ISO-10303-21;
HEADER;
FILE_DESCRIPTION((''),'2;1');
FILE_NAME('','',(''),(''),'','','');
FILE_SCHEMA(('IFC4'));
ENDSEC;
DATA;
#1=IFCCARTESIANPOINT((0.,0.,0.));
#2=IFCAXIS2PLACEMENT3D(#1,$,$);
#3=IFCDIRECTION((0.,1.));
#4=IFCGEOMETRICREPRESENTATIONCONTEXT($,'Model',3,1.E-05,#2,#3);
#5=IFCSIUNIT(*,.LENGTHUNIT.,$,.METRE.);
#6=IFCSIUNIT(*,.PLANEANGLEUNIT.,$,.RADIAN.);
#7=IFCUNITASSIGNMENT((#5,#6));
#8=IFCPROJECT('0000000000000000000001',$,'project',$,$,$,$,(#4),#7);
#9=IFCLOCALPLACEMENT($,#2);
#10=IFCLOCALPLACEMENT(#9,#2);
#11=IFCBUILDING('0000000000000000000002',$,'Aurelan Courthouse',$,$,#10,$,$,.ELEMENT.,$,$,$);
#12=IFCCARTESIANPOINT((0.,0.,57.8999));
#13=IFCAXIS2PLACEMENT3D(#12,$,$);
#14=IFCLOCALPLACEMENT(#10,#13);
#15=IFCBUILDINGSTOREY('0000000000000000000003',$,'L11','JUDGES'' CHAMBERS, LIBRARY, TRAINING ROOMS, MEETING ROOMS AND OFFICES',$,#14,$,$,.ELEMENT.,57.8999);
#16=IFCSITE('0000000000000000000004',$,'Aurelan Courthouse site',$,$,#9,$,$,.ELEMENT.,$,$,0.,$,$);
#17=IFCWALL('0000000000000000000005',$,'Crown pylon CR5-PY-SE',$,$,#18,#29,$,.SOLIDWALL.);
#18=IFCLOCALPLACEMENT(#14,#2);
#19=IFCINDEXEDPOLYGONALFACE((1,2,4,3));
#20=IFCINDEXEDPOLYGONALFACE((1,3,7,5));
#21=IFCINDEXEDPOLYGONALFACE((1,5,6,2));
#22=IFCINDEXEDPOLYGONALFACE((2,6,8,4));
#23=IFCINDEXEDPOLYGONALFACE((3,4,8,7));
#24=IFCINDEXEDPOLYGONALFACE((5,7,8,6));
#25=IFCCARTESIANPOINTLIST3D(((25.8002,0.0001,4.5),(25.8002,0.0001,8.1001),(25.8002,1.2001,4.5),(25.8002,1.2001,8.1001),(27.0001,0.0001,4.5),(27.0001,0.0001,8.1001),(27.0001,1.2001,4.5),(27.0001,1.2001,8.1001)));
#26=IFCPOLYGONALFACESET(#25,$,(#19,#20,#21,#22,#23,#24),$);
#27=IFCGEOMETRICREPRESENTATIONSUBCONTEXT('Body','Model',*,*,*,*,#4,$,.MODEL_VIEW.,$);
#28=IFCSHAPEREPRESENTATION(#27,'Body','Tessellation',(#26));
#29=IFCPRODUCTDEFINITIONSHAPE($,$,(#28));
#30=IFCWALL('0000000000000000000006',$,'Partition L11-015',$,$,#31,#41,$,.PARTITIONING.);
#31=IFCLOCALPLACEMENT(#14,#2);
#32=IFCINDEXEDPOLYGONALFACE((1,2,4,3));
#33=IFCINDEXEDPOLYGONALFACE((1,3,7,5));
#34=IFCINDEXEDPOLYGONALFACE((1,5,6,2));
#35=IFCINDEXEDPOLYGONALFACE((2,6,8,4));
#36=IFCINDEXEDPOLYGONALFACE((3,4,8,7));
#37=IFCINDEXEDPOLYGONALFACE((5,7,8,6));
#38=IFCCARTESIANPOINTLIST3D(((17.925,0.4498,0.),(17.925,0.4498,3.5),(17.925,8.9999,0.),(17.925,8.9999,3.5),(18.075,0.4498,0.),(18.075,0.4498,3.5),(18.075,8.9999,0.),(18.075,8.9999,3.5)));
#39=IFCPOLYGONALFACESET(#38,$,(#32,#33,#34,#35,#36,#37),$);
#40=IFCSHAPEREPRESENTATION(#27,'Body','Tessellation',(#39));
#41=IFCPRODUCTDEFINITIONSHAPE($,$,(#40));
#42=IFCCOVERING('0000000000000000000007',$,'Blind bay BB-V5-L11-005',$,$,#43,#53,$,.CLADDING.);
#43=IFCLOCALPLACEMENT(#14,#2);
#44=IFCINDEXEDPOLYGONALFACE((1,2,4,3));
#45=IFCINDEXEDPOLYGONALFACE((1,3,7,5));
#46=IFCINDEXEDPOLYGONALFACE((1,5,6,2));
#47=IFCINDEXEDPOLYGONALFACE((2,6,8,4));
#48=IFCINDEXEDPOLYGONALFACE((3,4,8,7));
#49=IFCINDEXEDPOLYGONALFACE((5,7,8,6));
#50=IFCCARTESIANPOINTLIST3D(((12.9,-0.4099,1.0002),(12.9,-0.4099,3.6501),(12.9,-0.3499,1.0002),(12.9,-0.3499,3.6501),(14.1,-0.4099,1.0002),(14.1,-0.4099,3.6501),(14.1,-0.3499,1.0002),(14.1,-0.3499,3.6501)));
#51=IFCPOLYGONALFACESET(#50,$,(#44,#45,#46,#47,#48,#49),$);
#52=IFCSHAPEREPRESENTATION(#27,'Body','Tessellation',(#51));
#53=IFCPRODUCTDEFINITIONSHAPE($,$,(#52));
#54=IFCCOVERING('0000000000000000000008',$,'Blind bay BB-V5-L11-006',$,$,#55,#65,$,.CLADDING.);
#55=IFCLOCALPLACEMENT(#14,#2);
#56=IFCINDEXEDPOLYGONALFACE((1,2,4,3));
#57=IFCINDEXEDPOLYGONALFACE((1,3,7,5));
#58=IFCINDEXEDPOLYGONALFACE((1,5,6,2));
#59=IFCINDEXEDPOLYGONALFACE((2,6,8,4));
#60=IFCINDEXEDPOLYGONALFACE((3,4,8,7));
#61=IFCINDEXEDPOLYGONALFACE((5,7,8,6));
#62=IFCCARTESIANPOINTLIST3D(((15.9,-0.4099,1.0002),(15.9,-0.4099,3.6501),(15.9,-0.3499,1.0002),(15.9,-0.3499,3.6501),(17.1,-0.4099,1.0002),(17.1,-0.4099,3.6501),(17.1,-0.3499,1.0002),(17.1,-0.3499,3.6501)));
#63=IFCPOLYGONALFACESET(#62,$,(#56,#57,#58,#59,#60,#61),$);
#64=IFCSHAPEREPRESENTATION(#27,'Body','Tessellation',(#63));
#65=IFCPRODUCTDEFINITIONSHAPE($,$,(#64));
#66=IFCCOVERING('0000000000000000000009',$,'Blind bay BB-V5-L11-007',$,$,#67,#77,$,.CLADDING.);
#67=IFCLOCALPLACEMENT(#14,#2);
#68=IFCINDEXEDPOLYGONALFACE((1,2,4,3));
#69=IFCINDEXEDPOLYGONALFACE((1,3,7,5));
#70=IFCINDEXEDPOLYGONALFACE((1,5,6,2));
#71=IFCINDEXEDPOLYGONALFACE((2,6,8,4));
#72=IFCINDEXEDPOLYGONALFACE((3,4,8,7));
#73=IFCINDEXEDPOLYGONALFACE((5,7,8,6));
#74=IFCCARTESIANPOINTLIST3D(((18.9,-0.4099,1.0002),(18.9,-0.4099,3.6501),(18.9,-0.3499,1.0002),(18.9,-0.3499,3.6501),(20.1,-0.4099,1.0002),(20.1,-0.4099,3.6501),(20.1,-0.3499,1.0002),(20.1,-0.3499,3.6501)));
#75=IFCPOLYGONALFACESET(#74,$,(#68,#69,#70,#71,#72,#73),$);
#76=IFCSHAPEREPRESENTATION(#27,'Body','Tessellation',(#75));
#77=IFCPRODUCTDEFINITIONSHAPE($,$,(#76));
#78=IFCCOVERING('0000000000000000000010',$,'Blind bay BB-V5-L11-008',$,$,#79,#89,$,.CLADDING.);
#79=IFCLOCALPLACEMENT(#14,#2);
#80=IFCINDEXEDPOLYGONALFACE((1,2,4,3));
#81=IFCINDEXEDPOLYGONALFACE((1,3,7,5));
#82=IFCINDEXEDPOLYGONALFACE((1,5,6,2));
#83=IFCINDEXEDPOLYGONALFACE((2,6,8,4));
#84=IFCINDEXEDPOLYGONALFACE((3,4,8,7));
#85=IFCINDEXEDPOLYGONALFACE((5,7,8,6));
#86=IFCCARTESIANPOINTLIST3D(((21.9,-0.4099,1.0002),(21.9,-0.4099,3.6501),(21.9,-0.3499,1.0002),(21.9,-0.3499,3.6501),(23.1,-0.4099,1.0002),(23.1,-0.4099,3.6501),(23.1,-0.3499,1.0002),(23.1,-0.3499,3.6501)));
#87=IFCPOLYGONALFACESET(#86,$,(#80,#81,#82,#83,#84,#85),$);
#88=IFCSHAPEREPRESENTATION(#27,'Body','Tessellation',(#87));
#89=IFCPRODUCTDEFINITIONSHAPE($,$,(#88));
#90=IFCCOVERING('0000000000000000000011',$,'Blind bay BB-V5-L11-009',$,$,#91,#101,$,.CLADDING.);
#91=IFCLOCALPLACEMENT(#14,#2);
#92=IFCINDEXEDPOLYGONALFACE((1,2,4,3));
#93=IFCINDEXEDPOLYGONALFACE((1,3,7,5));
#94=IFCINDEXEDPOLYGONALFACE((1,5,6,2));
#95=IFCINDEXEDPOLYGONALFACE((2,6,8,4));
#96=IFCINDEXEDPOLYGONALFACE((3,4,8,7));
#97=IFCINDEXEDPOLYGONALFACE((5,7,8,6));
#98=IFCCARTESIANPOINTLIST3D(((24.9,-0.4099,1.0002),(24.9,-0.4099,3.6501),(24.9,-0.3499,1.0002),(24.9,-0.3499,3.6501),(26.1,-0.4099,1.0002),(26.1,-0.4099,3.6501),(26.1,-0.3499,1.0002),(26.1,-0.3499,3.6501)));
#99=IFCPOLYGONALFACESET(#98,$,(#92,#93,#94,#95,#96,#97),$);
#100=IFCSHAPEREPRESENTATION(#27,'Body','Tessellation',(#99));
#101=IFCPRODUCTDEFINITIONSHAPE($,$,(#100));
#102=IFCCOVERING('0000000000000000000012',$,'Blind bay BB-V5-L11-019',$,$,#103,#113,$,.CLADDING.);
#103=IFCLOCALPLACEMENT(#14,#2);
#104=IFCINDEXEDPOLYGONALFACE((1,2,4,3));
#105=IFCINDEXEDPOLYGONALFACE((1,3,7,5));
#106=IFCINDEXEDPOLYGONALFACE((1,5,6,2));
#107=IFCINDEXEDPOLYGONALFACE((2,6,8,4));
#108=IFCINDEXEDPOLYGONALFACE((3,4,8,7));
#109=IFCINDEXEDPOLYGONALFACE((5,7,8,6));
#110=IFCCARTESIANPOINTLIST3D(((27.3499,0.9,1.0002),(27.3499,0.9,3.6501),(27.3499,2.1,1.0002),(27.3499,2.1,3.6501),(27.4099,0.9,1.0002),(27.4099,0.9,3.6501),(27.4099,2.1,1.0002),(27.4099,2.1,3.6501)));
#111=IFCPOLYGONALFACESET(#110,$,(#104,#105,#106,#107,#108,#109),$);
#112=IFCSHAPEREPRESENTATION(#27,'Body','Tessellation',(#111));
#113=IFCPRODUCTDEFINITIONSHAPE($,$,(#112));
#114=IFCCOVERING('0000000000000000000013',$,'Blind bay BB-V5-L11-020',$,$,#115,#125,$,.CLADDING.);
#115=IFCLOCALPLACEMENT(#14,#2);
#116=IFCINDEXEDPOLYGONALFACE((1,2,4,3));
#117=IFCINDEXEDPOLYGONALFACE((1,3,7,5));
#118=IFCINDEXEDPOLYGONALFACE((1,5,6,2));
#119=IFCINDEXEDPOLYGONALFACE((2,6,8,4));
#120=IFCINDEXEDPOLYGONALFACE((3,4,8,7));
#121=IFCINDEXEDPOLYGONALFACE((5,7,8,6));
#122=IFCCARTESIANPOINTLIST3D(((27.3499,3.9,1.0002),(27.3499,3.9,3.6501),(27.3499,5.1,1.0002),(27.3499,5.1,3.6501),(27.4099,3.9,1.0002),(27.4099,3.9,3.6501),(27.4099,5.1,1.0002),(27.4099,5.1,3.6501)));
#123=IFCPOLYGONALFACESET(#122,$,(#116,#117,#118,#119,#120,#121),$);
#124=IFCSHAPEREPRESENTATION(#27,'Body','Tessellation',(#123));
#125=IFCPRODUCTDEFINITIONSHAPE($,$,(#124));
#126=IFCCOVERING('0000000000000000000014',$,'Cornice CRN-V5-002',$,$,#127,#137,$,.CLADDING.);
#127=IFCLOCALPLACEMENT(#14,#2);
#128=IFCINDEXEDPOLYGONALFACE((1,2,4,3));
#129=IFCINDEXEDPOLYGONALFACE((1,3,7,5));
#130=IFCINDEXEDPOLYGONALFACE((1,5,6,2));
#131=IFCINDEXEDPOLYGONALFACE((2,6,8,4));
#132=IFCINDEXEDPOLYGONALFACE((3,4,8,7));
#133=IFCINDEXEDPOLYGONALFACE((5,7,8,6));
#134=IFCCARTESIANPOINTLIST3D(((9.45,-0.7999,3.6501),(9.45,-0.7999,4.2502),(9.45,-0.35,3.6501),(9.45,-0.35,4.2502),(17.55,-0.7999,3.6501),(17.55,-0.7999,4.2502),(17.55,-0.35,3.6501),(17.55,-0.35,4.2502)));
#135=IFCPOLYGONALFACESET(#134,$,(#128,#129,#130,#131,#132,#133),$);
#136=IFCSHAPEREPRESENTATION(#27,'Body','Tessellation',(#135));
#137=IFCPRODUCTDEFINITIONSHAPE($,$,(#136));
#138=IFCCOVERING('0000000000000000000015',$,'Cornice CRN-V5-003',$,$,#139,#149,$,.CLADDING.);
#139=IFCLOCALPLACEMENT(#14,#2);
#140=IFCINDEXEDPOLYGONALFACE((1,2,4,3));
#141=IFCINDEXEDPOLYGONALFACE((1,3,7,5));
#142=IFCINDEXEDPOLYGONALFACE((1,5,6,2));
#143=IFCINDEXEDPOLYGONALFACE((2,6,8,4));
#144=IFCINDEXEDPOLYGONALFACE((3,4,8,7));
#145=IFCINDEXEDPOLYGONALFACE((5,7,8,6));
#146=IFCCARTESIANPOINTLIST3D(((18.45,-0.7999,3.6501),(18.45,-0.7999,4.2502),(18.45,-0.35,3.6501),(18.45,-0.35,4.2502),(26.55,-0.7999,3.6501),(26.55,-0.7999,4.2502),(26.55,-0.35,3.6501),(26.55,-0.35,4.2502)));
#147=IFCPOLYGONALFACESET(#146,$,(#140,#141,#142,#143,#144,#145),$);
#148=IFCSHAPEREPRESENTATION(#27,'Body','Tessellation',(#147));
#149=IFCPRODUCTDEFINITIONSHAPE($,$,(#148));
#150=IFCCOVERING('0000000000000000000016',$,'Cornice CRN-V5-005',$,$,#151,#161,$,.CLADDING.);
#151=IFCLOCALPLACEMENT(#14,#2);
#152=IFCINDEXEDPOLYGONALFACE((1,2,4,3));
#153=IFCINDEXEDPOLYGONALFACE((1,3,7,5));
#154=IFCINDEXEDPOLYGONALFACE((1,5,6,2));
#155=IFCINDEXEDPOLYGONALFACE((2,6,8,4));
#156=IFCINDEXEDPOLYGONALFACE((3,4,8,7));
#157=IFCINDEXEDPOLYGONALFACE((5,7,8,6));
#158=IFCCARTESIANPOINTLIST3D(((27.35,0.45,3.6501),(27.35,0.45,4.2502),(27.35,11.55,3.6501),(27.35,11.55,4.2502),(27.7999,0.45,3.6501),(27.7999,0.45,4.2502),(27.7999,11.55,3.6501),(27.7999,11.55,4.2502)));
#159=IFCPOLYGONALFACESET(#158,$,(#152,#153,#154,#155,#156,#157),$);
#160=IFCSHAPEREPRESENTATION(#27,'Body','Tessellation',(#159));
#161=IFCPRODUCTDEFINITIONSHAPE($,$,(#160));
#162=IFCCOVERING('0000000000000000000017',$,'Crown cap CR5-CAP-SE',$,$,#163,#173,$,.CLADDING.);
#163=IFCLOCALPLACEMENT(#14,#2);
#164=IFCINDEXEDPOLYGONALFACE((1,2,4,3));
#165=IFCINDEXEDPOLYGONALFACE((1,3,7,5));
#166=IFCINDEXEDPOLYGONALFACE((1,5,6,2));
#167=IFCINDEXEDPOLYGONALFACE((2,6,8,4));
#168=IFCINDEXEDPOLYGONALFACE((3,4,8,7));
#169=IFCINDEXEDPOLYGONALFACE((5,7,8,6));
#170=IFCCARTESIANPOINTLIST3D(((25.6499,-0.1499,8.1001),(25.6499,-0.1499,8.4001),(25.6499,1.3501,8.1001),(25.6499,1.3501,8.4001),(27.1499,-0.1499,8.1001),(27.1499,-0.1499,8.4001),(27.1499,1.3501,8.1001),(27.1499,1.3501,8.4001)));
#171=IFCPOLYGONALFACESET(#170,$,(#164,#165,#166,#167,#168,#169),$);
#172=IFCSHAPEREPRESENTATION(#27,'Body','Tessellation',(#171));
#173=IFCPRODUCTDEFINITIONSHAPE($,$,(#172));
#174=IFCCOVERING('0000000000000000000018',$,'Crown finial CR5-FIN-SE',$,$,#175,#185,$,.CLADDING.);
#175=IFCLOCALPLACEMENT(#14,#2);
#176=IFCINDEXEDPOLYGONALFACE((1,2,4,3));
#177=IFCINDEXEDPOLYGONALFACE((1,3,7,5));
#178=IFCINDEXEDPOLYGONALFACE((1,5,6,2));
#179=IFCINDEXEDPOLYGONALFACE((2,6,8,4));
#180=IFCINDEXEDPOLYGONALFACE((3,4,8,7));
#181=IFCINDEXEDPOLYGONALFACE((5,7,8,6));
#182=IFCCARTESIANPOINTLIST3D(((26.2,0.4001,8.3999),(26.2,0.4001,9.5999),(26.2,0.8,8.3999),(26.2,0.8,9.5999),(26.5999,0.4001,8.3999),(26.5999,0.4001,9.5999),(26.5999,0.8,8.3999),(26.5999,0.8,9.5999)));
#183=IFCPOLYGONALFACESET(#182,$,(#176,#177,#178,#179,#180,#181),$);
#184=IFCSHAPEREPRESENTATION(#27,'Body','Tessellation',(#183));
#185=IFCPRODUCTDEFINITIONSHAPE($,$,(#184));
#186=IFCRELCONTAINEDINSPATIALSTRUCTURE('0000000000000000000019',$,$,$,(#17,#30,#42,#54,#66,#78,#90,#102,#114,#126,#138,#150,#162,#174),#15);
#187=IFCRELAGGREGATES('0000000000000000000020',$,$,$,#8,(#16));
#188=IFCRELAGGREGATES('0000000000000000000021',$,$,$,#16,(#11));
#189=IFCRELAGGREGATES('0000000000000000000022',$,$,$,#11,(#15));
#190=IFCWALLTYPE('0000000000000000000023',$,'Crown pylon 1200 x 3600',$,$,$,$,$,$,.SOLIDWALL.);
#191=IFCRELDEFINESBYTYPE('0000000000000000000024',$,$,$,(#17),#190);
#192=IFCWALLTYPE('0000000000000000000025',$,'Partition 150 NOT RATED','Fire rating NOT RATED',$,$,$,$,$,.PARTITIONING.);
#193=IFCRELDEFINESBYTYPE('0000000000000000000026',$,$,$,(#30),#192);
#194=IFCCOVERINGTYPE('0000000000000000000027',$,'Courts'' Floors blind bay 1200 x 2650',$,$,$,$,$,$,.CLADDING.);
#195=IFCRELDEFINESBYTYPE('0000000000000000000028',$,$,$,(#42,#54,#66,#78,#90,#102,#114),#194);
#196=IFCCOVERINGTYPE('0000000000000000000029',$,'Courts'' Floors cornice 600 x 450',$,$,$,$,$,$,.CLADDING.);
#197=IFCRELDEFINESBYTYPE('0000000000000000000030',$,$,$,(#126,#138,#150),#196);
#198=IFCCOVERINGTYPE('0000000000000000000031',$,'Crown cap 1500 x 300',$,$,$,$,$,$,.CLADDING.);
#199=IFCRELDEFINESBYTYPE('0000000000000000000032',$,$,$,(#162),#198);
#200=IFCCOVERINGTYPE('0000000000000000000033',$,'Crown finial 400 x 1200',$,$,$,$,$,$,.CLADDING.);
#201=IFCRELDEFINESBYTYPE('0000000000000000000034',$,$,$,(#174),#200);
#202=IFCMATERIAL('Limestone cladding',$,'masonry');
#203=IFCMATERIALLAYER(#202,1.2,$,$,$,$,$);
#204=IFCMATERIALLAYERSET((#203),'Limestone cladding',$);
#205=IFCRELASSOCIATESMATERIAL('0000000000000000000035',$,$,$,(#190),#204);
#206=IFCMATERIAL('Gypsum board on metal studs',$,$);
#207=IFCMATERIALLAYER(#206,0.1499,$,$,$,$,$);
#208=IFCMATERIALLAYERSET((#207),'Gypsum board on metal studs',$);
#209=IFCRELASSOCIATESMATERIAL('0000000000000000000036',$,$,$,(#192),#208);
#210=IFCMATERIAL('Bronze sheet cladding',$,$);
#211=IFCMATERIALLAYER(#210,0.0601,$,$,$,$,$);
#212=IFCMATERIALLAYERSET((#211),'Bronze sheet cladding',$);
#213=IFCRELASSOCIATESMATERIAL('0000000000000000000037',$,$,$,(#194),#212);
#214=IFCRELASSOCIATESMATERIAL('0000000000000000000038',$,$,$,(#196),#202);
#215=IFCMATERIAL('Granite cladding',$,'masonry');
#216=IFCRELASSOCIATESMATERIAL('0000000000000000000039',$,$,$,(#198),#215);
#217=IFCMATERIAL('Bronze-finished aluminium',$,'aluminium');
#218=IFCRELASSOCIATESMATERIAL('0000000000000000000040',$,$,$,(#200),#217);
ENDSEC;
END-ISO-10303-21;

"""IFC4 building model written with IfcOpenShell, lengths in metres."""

from ifc_helpers import new_model, si_unit, direction, frame, frame_2d, origin, origin_2d, place, context, subcontext, project, spatial, rectangle, extrude, material, layer, layer_set, type_object, element, save


model = new_model("IFC4")

# Units and contexts
model_context = context("Model", 3, precision=1e-05, world=origin(), true_north=direction((0.0, 1.0)))
body_context = subcontext(model_context, "Body", "Model", "MODEL_VIEW")
ifc_project = project(units=[si_unit("LENGTHUNIT", "METRE"), si_unit("PLANEANGLEUNIT", "RADIAN")], contexts=[model_context])

# Site, building, storey
site_placement = place(None, origin())
site = spatial("IfcSite", under=ifc_project, at=site_placement, Name="Aurelan Courthouse site", CompositionType="ELEMENT", RefElevation=0.0)
building_placement = place(site_placement, origin())
building = spatial("IfcBuilding", under=site, at=building_placement, Name="Aurelan Courthouse", CompositionType="ELEMENT")
storey_placement = place(building_placement, frame((0.0, 0.0, 57.8999)))
storey = spatial("IfcBuildingStorey", under=building, at=storey_placement, Name="L11", Description="JUDGES' CHAMBERS, LIBRARY, TRAINING ROOMS, MEETING ROOMS AND OFFICES", CompositionType="ELEMENT", Elevation=57.8999)

# Walls
ifc_material_1 = material(Name="Limestone cladding", Category="masonry")
ifc_layer_1 = layer(ifc_material_1, 1.2)
ifc_layer_set_1 = layer_set([ifc_layer_1], Name="Limestone cladding")
wall_type_1 = type_object("IfcWallType", Name="Crown pylon 1200 x 3600", PredefinedType="SOLIDWALL", material=ifc_layer_set_1)
wall_1_placement = place(storey_placement, frame((25.8, 0.6001, 4.5), z_axis=(0.0, 0.0, 1.0), x_axis=(1.0, 0.0, 0.0)))
element("IfcWall", 1, at=wall_1_placement, inside=storey, type_object=wall_type_1, Name="Crown pylon CR5-PY-SE", PredefinedType="SOLIDWALL", context=body_context, shape_type="SweptSolid", body=[
    extrude(rectangle(XDim=1.2, YDim=1.2, at=frame_2d((0.6001, 0.0))), origin(), (0.0, 0.0, 1.0), 3.6001),
])
ifc_material_2 = material(Name="Gypsum board on metal studs")
ifc_layer_2 = layer(ifc_material_2, 0.1499)
ifc_layer_set_2 = layer_set([ifc_layer_2], Name="Gypsum board on metal studs")
wall_type_2 = type_object("IfcWallType", Name="Partition 150 NOT RATED", Description="Fire rating NOT RATED", PredefinedType="PARTITIONING", material=ifc_layer_set_2)
wall_2_placement = place(storey_placement, frame((18.0, 0.45, 0.0), z_axis=(0.0, 0.0, 1.0), x_axis=(0.0, 1.0, 0.0)))
element("IfcWall", 2, at=wall_2_placement, inside=storey, type_object=wall_type_2, Name="Partition L11-015", PredefinedType="PARTITIONING", context=body_context, shape_type="SweptSolid", body=[
    extrude(rectangle(XDim=8.55, YDim=0.1499, at=frame_2d((4.2749, 0.0))), origin(), (0.0, 0.0, 1.0), 3.5),
])

# Coverings
ifc_material_3 = material(Name="Bronze sheet cladding")
ifc_layer_3 = layer(ifc_material_3, 0.0601)
ifc_layer_set_3 = layer_set([ifc_layer_3], Name="Bronze sheet cladding")
covering_type_1 = type_object("IfcCoveringType", Name="Courts' Floors blind bay 1200 x 2650", PredefinedType="CLADDING", material=ifc_layer_set_3)
for number, where, z_axis, x_axis, name in (
    (3, (13.5, -0.3799, 1.0002), (0.0, 0.0, 1.0), (1.0, 0.0, 0.0), "Blind bay BB-V5-L11-005"),
    (4, (16.5, -0.3799, 1.0002), (0.0, 0.0, 1.0), (1.0, 0.0, 0.0), "Blind bay BB-V5-L11-006"),
    (5, (19.5, -0.3799, 1.0002), (0.0, 0.0, 1.0), (1.0, 0.0, 0.0), "Blind bay BB-V5-L11-007"),
    (6, (22.5, -0.3799, 1.0002), (0.0, 0.0, 1.0), (1.0, 0.0, 0.0), "Blind bay BB-V5-L11-008"),
    (7, (25.5, -0.3799, 1.0002), (0.0, 0.0, 1.0), (1.0, 0.0, 0.0), "Blind bay BB-V5-L11-009"),
):
    element("IfcCovering", number, at=place(storey_placement, frame(where, z_axis=z_axis, x_axis=x_axis)), inside=storey, type_object=covering_type_1, Name=name, PredefinedType="CLADDING", context=body_context, shape_type="SweptSolid", body=[
        extrude(rectangle(XDim=1.2, YDim=0.0601, at=origin_2d()), origin(), (0.0, 0.0, 1.0), 2.6499),
    ])
for number, where, z_axis, x_axis, name in (
    (8, (27.3799, 1.5, 1.0002), (0.0, 0.0, 1.0), (1.0, 0.0, 0.0), "Blind bay BB-V5-L11-019"),
    (9, (27.3799, 4.5, 1.0002), (0.0, 0.0, 1.0), (1.0, 0.0, 0.0), "Blind bay BB-V5-L11-020"),
):
    element("IfcCovering", number, at=place(storey_placement, frame(where, z_axis=z_axis, x_axis=x_axis)), inside=storey, type_object=covering_type_1, Name=name, PredefinedType="CLADDING", context=body_context, shape_type="SweptSolid", body=[
        extrude(rectangle(XDim=0.0601, YDim=1.2, at=origin_2d()), origin(), (0.0, 0.0, 1.0), 2.6499),
    ])
covering_type_2 = type_object("IfcCoveringType", Name="Courts' Floors cornice 600 x 450", PredefinedType="CLADDING", material=ifc_material_1)
for number, where, z_axis, x_axis, name in (
    (10, (13.5, -0.575, 3.6501), (0.0, 0.0, 1.0), (1.0, 0.0, 0.0), "Cornice CRN-V5-002"),
    (11, (22.5, -0.575, 3.6501), (0.0, 0.0, 1.0), (1.0, 0.0, 0.0), "Cornice CRN-V5-003"),
):
    element("IfcCovering", number, at=place(storey_placement, frame(where, z_axis=z_axis, x_axis=x_axis)), inside=storey, type_object=covering_type_2, Name=name, PredefinedType="CLADDING", context=body_context, shape_type="SweptSolid", body=[
        extrude(rectangle(XDim=8.1001, YDim=0.45, at=origin_2d()), origin(), (0.0, 0.0, 1.0), 0.6001),
    ])
covering_1_placement = place(storey_placement, frame((27.575, 6.0, 3.6501), z_axis=(0.0, 0.0, 1.0), x_axis=(1.0, 0.0, 0.0)))
element("IfcCovering", 12, at=covering_1_placement, inside=storey, type_object=covering_type_2, Name="Cornice CRN-V5-005", PredefinedType="CLADDING", context=body_context, shape_type="SweptSolid", body=[
    extrude(rectangle(XDim=0.45, YDim=11.1001, at=origin_2d()), origin(), (0.0, 0.0, 1.0), 0.6001),
])
ifc_material_4 = material(Name="Granite cladding", Category="masonry")
covering_type_3 = type_object("IfcCoveringType", Name="Crown cap 1500 x 300", PredefinedType="CLADDING", material=ifc_material_4)
covering_2_placement = place(storey_placement, frame((26.3999, 0.6001, 8.1001), z_axis=(0.0, 0.0, 1.0), x_axis=(1.0, 0.0, 0.0)))
element("IfcCovering", 13, at=covering_2_placement, inside=storey, type_object=covering_type_3, Name="Crown cap CR5-CAP-SE", PredefinedType="CLADDING", context=body_context, shape_type="SweptSolid", body=[
    extrude(rectangle(XDim=1.5, YDim=1.5, at=origin_2d()), origin(), (0.0, 0.0, 1.0), 0.3),
])
ifc_material_5 = material(Name="Bronze-finished aluminium", Category="aluminium")
covering_type_4 = type_object("IfcCoveringType", Name="Crown finial 400 x 1200", PredefinedType="CLADDING", material=ifc_material_5)
covering_3_placement = place(storey_placement, frame((26.3999, 0.6001, 8.3999), z_axis=(0.0, 0.0, 1.0), x_axis=(1.0, 0.0, 0.0)))
element("IfcCovering", 14, at=covering_3_placement, inside=storey, type_object=covering_type_4, Name="Crown finial CR5-FIN-SE", PredefinedType="CLADDING", context=body_context, shape_type="SweptSolid", body=[
    extrude(rectangle(XDim=0.3999, YDim=0.3999, at=origin_2d()), origin(), (0.0, 0.0, 1.0), 1.2),
])

save(model, "model.ifc")
